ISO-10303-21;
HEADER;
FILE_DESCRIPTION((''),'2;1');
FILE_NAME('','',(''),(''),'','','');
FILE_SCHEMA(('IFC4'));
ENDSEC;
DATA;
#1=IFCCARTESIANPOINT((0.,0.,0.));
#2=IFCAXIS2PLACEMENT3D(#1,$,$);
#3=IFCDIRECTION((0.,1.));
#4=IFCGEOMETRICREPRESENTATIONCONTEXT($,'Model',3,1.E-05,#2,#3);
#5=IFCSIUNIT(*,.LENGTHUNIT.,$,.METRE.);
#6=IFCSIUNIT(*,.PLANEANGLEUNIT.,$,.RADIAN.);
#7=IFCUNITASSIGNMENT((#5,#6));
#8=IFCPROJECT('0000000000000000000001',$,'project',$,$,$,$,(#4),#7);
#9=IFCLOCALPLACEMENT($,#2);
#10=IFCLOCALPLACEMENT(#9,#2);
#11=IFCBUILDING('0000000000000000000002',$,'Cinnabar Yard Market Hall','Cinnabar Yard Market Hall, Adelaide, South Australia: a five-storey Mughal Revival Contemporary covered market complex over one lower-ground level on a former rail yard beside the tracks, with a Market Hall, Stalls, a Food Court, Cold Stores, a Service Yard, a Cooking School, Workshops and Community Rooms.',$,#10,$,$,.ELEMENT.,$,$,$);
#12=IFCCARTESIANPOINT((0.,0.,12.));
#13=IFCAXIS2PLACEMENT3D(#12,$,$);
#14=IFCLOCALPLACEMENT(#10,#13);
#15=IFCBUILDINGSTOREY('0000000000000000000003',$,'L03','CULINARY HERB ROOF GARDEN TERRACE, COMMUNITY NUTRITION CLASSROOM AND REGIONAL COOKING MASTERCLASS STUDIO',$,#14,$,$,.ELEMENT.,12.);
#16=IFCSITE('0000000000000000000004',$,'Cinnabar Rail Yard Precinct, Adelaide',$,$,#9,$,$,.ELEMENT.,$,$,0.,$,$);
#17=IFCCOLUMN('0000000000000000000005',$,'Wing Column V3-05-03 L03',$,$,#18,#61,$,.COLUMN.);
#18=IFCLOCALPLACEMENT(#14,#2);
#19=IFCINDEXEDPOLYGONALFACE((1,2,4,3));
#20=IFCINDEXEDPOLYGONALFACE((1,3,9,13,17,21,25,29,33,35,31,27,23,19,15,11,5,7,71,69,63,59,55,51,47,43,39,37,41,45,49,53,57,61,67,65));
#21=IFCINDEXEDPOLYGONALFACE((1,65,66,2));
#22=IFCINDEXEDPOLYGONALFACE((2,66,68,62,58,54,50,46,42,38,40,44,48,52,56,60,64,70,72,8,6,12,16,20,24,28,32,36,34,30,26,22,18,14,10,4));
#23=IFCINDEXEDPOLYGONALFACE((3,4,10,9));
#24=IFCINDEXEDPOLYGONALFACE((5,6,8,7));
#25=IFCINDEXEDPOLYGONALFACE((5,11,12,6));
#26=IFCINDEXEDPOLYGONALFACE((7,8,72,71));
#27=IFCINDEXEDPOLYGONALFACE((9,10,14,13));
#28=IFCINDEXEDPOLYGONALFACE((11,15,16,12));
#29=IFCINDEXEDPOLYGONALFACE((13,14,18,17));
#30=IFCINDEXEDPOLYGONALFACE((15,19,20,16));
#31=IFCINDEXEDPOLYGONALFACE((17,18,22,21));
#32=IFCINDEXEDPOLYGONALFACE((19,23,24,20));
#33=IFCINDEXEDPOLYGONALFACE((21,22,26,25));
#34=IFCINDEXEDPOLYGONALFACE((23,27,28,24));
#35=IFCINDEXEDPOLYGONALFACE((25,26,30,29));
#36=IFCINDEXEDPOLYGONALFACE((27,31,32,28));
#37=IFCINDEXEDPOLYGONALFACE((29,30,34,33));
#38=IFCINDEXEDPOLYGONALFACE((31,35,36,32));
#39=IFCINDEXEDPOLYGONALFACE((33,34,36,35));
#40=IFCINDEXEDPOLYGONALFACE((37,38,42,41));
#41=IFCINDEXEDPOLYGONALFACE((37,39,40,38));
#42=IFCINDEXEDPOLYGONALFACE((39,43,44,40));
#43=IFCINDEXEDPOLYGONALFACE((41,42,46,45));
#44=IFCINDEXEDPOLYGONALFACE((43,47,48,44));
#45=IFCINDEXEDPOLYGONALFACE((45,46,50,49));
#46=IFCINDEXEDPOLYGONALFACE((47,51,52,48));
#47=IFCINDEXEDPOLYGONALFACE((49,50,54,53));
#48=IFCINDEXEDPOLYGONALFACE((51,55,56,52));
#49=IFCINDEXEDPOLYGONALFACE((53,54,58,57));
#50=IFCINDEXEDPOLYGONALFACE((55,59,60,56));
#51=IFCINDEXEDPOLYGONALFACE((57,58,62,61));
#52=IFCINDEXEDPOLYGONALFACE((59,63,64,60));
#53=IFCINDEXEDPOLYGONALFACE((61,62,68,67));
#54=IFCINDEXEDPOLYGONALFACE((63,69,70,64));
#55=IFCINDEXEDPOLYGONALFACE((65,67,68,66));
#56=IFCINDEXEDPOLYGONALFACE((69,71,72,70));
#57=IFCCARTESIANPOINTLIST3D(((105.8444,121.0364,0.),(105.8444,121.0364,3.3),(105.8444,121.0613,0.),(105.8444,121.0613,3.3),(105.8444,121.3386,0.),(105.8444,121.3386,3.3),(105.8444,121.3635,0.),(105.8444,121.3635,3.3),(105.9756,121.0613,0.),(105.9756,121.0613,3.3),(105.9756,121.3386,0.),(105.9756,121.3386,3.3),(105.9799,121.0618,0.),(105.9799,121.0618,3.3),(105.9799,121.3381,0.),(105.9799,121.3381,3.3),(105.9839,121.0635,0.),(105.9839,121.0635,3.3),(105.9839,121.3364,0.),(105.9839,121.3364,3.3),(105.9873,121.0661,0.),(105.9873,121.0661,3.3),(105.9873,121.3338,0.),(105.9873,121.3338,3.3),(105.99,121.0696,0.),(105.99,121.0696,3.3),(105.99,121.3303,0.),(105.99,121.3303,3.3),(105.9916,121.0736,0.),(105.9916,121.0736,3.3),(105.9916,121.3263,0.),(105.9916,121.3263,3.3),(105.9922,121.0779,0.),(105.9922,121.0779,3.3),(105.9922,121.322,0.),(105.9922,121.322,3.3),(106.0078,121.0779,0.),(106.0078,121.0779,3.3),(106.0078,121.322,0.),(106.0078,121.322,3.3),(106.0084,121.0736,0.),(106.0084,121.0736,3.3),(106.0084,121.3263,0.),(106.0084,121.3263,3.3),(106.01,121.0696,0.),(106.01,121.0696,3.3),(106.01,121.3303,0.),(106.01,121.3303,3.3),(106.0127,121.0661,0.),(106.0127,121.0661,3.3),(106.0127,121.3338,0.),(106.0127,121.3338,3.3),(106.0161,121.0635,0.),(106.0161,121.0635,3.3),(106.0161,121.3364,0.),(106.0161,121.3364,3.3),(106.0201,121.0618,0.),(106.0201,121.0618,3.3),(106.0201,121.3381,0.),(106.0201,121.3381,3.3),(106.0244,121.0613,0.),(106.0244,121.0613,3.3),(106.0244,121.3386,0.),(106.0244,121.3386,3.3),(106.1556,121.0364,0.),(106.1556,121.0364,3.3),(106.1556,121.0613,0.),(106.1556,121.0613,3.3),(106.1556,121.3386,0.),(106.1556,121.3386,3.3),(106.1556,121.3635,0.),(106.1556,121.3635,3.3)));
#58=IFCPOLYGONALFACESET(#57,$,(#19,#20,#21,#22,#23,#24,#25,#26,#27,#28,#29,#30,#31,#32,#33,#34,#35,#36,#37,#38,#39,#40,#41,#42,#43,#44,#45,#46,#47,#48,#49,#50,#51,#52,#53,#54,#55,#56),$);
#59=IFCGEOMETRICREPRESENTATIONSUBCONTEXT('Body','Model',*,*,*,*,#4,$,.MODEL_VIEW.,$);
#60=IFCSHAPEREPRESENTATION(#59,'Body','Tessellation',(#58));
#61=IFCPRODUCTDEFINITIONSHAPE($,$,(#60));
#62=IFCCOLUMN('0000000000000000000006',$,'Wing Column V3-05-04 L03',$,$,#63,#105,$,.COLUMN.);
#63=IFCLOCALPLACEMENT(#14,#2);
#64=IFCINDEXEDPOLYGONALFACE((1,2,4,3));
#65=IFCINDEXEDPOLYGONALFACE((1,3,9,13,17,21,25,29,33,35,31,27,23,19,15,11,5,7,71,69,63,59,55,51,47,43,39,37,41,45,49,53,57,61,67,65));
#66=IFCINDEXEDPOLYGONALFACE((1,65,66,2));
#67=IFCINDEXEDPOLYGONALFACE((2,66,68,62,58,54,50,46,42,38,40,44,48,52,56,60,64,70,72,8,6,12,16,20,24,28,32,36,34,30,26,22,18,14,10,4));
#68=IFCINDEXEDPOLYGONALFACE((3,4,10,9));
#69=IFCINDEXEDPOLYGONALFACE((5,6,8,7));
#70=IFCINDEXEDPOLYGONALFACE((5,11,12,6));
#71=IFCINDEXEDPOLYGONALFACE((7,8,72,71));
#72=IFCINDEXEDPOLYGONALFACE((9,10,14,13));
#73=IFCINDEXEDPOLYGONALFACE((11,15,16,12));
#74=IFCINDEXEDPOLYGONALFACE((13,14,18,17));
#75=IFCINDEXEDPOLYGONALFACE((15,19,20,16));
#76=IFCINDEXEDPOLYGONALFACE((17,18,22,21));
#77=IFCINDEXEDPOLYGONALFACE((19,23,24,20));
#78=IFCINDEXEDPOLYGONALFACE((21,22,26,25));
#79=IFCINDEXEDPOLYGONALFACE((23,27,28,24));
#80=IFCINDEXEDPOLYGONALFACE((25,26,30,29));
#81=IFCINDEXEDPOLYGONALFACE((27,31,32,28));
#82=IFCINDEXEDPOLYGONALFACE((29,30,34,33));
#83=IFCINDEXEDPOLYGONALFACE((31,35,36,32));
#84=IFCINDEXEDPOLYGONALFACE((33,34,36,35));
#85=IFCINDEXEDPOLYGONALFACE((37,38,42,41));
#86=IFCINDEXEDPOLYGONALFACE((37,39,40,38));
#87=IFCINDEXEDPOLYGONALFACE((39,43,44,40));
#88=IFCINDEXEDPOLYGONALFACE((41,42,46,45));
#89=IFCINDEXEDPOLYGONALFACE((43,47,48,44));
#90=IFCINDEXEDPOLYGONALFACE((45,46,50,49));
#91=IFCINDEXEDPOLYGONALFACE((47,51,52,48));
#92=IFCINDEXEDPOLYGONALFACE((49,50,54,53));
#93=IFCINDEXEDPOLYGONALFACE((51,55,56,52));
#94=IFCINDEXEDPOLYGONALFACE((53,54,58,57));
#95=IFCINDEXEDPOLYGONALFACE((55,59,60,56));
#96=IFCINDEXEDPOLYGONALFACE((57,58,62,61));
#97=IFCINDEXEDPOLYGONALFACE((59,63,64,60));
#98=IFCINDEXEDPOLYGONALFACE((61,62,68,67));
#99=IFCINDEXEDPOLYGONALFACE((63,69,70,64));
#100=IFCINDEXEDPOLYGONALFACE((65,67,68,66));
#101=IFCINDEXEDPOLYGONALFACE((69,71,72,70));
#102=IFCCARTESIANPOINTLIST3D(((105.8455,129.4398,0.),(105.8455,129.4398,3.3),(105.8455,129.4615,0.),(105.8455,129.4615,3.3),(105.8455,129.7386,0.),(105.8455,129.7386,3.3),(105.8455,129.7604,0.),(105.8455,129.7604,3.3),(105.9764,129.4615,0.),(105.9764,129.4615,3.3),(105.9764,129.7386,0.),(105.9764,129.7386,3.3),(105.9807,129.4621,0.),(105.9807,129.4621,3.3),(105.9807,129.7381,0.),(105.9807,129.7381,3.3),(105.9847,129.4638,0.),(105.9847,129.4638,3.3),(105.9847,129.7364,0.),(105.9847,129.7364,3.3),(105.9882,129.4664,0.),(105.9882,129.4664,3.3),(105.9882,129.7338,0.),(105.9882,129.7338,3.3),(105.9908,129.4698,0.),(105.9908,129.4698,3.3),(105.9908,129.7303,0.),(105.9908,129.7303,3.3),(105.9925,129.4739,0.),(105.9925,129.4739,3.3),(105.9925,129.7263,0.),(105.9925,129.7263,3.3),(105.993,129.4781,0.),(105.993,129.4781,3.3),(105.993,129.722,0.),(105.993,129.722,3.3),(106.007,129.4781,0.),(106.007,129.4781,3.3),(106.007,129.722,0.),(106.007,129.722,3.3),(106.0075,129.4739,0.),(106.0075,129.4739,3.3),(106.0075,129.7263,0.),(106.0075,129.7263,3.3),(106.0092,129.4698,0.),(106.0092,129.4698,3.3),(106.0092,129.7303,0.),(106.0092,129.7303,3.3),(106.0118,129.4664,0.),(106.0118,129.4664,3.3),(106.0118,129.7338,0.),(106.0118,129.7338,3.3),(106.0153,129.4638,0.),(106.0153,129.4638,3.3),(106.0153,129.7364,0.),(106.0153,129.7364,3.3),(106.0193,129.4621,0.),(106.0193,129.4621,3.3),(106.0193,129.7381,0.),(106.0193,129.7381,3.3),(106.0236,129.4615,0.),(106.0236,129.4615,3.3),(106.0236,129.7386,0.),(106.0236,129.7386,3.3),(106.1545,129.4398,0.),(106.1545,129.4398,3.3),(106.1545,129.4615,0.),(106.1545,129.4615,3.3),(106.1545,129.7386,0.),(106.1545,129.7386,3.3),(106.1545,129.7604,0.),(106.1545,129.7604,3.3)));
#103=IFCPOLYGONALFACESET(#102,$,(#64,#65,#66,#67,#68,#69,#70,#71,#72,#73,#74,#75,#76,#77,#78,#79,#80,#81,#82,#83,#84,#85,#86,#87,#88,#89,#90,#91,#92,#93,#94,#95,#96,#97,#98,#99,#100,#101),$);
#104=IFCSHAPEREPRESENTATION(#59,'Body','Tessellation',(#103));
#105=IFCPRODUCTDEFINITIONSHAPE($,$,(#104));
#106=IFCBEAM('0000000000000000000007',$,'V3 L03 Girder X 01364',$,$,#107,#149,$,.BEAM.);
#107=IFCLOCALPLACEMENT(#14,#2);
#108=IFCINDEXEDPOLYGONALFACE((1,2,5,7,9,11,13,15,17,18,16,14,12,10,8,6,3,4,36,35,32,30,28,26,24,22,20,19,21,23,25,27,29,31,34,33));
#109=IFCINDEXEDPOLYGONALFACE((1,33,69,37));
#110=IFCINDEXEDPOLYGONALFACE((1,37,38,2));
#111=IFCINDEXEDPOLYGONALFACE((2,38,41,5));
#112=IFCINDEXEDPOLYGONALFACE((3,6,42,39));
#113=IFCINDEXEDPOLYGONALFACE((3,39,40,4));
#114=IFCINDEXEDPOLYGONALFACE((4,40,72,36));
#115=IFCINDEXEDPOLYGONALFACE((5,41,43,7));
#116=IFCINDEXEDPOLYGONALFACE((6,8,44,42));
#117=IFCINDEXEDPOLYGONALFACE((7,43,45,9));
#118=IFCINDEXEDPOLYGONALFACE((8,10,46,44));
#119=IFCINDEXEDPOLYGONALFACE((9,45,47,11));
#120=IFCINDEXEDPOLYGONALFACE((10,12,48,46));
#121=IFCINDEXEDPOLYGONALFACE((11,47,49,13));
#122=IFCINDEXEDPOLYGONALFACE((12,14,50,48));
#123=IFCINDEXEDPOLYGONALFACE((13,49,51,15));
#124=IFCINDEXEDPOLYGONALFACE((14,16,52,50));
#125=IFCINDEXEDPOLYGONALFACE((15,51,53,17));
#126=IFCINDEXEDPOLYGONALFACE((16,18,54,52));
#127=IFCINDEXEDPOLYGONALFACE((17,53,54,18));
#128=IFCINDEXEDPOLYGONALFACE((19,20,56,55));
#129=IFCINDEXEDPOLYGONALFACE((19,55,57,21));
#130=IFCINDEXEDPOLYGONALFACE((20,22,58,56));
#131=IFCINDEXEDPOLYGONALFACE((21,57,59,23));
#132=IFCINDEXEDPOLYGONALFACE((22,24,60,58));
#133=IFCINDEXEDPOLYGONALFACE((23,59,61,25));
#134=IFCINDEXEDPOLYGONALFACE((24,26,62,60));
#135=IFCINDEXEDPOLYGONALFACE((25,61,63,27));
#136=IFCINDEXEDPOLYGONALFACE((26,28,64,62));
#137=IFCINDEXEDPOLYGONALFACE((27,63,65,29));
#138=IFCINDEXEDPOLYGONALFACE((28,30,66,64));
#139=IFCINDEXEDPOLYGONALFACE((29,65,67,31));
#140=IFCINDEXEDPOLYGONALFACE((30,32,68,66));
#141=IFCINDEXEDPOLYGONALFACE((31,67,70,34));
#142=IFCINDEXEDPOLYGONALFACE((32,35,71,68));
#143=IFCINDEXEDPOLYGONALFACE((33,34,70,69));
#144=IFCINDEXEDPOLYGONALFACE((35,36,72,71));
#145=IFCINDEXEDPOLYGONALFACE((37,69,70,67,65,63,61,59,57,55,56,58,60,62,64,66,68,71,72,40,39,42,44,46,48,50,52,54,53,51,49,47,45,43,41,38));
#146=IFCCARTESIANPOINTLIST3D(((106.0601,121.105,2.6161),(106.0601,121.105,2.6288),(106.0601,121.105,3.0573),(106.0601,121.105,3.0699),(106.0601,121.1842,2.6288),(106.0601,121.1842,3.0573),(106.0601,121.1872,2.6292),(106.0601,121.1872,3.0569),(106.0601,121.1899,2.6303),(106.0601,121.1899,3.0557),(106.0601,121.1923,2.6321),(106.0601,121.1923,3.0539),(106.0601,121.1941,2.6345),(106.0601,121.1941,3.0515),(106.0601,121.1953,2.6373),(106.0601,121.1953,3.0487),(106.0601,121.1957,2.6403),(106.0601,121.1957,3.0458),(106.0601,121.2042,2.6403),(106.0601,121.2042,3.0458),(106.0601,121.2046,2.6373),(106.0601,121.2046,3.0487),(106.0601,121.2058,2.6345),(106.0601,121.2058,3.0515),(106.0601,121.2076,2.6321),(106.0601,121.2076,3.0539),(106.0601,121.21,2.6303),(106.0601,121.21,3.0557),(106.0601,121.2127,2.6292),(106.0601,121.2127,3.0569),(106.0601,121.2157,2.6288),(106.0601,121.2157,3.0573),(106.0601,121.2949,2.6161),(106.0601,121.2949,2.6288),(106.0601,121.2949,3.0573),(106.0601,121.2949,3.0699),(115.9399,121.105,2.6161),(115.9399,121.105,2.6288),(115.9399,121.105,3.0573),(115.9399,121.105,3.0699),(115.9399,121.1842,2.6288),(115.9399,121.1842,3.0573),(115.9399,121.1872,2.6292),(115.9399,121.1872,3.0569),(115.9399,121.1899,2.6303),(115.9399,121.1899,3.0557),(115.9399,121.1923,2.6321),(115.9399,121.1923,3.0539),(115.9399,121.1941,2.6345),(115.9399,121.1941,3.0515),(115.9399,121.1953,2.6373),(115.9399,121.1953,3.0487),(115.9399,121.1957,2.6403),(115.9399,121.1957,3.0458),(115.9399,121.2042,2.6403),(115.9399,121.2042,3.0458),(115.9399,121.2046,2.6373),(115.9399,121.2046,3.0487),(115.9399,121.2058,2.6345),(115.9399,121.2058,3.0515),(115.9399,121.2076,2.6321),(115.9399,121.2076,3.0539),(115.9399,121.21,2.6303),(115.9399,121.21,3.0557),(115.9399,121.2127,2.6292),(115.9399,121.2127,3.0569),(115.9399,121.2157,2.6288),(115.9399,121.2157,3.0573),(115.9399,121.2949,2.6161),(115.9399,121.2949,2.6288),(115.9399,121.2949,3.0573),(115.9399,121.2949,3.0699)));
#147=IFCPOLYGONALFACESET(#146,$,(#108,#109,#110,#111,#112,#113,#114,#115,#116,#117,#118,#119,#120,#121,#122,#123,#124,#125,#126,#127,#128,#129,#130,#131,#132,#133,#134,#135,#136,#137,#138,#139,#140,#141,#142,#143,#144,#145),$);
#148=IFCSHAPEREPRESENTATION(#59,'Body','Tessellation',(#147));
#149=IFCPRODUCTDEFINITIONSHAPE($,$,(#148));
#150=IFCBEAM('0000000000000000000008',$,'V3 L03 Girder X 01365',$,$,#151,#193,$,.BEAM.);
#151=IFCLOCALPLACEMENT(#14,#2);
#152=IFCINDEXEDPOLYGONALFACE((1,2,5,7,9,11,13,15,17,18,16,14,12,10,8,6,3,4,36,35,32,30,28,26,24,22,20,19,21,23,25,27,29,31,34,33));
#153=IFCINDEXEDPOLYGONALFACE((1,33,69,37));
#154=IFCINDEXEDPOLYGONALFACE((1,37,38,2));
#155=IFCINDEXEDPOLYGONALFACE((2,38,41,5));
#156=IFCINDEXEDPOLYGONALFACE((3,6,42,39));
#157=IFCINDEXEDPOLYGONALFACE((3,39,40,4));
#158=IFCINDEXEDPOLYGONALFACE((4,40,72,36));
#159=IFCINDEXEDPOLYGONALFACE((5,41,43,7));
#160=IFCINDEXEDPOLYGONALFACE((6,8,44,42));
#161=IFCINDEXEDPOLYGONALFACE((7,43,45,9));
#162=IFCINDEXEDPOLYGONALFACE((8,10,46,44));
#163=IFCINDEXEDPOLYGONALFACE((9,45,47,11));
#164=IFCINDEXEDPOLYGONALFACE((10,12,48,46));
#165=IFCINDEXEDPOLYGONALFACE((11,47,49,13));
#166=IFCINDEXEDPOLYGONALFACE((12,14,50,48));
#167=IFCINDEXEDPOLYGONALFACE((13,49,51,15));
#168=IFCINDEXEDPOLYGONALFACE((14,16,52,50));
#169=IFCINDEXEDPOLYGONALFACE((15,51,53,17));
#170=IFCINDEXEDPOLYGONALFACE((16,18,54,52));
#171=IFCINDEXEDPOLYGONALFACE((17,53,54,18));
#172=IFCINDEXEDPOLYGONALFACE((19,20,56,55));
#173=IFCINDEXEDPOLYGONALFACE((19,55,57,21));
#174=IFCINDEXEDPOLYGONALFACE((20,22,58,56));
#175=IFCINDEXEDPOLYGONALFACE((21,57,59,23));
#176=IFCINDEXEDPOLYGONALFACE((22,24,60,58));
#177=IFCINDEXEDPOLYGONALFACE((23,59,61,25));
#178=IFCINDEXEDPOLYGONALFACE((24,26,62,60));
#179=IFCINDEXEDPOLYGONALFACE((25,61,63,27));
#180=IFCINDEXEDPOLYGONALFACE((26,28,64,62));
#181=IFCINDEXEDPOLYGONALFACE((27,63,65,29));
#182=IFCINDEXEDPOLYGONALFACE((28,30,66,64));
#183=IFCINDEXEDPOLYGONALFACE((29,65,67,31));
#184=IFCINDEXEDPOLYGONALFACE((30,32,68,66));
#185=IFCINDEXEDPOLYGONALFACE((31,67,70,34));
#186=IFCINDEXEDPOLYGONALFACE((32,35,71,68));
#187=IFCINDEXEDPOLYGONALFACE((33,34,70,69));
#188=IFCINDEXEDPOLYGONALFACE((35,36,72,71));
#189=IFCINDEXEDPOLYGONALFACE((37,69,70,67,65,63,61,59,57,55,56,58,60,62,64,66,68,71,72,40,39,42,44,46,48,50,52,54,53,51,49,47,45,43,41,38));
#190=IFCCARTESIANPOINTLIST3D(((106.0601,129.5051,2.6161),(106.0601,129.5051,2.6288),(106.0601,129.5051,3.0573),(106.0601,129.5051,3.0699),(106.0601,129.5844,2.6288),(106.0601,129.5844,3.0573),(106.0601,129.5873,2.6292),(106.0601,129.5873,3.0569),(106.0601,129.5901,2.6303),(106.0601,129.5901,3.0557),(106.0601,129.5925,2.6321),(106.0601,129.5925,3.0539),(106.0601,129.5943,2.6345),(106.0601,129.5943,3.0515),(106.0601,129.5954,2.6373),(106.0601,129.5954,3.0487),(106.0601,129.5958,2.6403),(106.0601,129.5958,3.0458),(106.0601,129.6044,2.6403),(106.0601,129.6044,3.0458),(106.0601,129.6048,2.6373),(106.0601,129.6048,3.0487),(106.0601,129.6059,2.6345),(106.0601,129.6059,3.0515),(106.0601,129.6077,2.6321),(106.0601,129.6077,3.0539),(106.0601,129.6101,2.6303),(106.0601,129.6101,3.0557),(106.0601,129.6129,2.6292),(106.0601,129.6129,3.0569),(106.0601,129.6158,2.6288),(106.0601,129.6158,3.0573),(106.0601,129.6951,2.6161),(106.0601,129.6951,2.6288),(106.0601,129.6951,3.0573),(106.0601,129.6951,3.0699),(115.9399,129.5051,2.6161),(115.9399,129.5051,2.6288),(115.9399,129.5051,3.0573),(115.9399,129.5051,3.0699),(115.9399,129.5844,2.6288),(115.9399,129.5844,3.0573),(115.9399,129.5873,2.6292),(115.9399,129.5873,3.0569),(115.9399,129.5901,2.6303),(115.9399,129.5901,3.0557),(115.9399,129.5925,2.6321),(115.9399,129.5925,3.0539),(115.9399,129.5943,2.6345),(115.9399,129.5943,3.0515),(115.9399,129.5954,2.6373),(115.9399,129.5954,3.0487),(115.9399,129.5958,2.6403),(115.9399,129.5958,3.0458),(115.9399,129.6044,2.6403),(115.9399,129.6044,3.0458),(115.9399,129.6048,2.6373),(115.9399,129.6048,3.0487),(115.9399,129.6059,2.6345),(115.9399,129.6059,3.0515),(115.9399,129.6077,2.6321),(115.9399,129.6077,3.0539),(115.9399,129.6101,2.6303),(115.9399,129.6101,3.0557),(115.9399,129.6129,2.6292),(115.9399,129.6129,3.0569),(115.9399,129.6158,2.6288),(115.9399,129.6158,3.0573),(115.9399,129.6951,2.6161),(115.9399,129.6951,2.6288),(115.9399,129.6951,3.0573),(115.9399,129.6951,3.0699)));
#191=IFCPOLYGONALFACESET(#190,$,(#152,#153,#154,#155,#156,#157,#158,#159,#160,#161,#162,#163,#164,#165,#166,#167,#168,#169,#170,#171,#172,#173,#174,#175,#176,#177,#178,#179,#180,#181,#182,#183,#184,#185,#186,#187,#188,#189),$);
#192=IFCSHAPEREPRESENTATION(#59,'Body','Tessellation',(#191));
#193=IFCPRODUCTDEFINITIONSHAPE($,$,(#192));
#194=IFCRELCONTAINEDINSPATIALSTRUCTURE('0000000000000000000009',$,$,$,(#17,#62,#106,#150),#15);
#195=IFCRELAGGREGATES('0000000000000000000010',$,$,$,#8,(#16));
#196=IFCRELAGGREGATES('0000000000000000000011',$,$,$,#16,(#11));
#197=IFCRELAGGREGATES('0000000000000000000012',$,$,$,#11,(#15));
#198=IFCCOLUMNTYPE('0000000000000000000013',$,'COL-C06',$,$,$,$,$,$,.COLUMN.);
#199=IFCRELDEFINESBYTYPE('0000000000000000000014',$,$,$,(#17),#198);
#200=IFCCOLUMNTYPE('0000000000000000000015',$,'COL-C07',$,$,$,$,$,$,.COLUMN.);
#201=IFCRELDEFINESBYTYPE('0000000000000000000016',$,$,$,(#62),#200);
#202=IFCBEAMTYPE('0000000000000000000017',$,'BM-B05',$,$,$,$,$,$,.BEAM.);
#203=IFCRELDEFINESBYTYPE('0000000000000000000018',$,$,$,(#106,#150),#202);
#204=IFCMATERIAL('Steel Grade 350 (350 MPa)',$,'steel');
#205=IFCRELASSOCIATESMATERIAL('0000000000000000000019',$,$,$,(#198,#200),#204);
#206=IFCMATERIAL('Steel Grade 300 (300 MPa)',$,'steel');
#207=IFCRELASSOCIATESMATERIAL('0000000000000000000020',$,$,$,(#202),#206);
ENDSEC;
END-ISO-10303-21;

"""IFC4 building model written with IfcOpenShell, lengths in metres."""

from ifc_helpers import new_model, si_unit, direction, frame, origin, origin_2d_with_axis, place, context, subcontext, project, spatial, i_section, extrude, material, material_profile, profile_set, type_object, element, save


model = new_model("IFC4")

# Units and contexts
model_context = context("Model", 3, precision=1e-05, world=origin(), true_north=direction((0.0, 1.0)))
body_context = subcontext(model_context, "Body", "Model", "MODEL_VIEW")
ifc_project = project(units=[si_unit("LENGTHUNIT", "METRE"), si_unit("PLANEANGLEUNIT", "RADIAN")], contexts=[model_context])

# Site, building, storey
site_placement = place(None, origin())
site = spatial("IfcSite", under=ifc_project, at=site_placement, Name="Cinnabar Rail Yard Precinct, Adelaide", CompositionType="ELEMENT", RefElevation=0.0)
building_placement = place(site_placement, origin())
building = spatial("IfcBuilding", under=site, at=building_placement, Name="Cinnabar Yard Market Hall", Description="Cinnabar Yard Market Hall, Adelaide, South Australia: a five-storey Mughal Revival Contemporary covered market complex over one lower-ground level on a former rail yard beside the tracks, with a Market Hall, Stalls, a Food Court, Cold Stores, a Service Yard, a Cooking School, Workshops and Community Rooms.", CompositionType="ELEMENT")
storey_placement = place(building_placement, frame((0.0, 0.0, 12.0)))
storey = spatial("IfcBuildingStorey", under=building, at=storey_placement, Name="L03", Description="CULINARY HERB ROOF GARDEN TERRACE, COMMUNITY NUTRITION CLASSROOM AND REGIONAL COOKING MASTERCLASS STUDIO", CompositionType="ELEMENT", Elevation=12.0)

# Columns
ifc_material_1 = material(Name="Steel Grade 350 (350 MPa)", Category="steel")
ifc_material_profile_1 = material_profile(ifc_material_1, i_section(OverallWidth=0.3113, OverallDepth=0.3271, WebThickness=0.0156, FlangeThickness=0.0249, FilletRadius=0.0166, at=origin_2d_with_axis()), Name="310UC158")
ifc_profile_set_1 = profile_set([ifc_material_profile_1], Name="Steel Grade 350 (350 MPa)")
column_type_1 = type_object("IfcColumnType", Name="COL-C06", PredefinedType="COLUMN", material=ifc_profile_set_1)
column_1_placement = place(storey_placement, frame((106.0, 121.2, 0.0), z_axis=(0.0, 0.0, 1.0), x_axis=(1.0, 0.0, 0.0)))
element("IfcColumn", 1, at=column_1_placement, inside=storey, type_object=column_type_1, Name="Wing Column V3-05-03 L03", PredefinedType="COLUMN", context=body_context, shape_type="SweptSolid", body=[
    extrude(i_section(OverallWidth=0.3113, OverallDepth=0.3271, WebThickness=0.0156, FlangeThickness=0.0249, FilletRadius=0.0166, at=origin_2d_with_axis()), origin(), (0.0, 0.0, 1.0), 3.3),
])
ifc_material_profile_2 = material_profile(ifc_material_1, i_section(OverallWidth=0.3091, OverallDepth=0.3206, WebThickness=0.0139, FlangeThickness=0.0217, FilletRadius=0.0166, at=origin_2d_with_axis()), Name="310UC137")
ifc_profile_set_2 = profile_set([ifc_material_profile_2], Name="Steel Grade 350 (350 MPa)")
column_type_2 = type_object("IfcColumnType", Name="COL-C07", PredefinedType="COLUMN", material=ifc_profile_set_2)
column_2_placement = place(storey_placement, frame((106.0, 129.6001, 0.0), z_axis=(0.0, 0.0, 1.0), x_axis=(1.0, 0.0, 0.0)))
element("IfcColumn", 2, at=column_2_placement, inside=storey, type_object=column_type_2, Name="Wing Column V3-05-04 L03", PredefinedType="COLUMN", context=body_context, shape_type="SweptSolid", body=[
    extrude(i_section(OverallWidth=0.3091, OverallDepth=0.3206, WebThickness=0.0139, FlangeThickness=0.0217, FilletRadius=0.0166, at=origin_2d_with_axis()), origin(), (0.0, 0.0, 1.0), 3.3),
])

# Beams
ifc_material_2 = material(Name="Steel Grade 300 (300 MPa)", Category="steel")
ifc_material_profile_3 = material_profile(ifc_material_2, i_section(OverallWidth=0.1899, OverallDepth=0.4539, WebThickness=0.0085, FlangeThickness=0.0127, FilletRadius=0.0115, at=origin_2d_with_axis()), Name="460UB67.1")
ifc_profile_set_3 = profile_set([ifc_material_profile_3], Name="Steel Grade 300 (300 MPa)")
beam_type_1 = type_object("IfcBeamType", Name="BM-B05", PredefinedType="BEAM", material=ifc_profile_set_3)
for number, where, z_axis, x_axis, name in (
    (3, (106.0601, 121.2, 2.843), (1.0, 0.0, 0.0), (0.0, 1.0, 0.0), "V3 L03 Girder X 01364"),
    (4, (106.0601, 129.6001, 2.843), (1.0, 0.0, 0.0), (0.0, 1.0, 0.0), "V3 L03 Girder X 01365"),
):
    element("IfcBeam", number, at=place(storey_placement, frame(where, z_axis=z_axis, x_axis=x_axis)), inside=storey, type_object=beam_type_1, Name=name, PredefinedType="BEAM", context=body_context, shape_type="SweptSolid", body=[
        extrude(i_section(OverallWidth=0.1899, OverallDepth=0.4539, WebThickness=0.0085, FlangeThickness=0.0127, FilletRadius=0.0115, at=origin_2d_with_axis()), origin(), (0.0, 0.0, 1.0), 9.8799),
    ])

save(model, "model.ifc")
